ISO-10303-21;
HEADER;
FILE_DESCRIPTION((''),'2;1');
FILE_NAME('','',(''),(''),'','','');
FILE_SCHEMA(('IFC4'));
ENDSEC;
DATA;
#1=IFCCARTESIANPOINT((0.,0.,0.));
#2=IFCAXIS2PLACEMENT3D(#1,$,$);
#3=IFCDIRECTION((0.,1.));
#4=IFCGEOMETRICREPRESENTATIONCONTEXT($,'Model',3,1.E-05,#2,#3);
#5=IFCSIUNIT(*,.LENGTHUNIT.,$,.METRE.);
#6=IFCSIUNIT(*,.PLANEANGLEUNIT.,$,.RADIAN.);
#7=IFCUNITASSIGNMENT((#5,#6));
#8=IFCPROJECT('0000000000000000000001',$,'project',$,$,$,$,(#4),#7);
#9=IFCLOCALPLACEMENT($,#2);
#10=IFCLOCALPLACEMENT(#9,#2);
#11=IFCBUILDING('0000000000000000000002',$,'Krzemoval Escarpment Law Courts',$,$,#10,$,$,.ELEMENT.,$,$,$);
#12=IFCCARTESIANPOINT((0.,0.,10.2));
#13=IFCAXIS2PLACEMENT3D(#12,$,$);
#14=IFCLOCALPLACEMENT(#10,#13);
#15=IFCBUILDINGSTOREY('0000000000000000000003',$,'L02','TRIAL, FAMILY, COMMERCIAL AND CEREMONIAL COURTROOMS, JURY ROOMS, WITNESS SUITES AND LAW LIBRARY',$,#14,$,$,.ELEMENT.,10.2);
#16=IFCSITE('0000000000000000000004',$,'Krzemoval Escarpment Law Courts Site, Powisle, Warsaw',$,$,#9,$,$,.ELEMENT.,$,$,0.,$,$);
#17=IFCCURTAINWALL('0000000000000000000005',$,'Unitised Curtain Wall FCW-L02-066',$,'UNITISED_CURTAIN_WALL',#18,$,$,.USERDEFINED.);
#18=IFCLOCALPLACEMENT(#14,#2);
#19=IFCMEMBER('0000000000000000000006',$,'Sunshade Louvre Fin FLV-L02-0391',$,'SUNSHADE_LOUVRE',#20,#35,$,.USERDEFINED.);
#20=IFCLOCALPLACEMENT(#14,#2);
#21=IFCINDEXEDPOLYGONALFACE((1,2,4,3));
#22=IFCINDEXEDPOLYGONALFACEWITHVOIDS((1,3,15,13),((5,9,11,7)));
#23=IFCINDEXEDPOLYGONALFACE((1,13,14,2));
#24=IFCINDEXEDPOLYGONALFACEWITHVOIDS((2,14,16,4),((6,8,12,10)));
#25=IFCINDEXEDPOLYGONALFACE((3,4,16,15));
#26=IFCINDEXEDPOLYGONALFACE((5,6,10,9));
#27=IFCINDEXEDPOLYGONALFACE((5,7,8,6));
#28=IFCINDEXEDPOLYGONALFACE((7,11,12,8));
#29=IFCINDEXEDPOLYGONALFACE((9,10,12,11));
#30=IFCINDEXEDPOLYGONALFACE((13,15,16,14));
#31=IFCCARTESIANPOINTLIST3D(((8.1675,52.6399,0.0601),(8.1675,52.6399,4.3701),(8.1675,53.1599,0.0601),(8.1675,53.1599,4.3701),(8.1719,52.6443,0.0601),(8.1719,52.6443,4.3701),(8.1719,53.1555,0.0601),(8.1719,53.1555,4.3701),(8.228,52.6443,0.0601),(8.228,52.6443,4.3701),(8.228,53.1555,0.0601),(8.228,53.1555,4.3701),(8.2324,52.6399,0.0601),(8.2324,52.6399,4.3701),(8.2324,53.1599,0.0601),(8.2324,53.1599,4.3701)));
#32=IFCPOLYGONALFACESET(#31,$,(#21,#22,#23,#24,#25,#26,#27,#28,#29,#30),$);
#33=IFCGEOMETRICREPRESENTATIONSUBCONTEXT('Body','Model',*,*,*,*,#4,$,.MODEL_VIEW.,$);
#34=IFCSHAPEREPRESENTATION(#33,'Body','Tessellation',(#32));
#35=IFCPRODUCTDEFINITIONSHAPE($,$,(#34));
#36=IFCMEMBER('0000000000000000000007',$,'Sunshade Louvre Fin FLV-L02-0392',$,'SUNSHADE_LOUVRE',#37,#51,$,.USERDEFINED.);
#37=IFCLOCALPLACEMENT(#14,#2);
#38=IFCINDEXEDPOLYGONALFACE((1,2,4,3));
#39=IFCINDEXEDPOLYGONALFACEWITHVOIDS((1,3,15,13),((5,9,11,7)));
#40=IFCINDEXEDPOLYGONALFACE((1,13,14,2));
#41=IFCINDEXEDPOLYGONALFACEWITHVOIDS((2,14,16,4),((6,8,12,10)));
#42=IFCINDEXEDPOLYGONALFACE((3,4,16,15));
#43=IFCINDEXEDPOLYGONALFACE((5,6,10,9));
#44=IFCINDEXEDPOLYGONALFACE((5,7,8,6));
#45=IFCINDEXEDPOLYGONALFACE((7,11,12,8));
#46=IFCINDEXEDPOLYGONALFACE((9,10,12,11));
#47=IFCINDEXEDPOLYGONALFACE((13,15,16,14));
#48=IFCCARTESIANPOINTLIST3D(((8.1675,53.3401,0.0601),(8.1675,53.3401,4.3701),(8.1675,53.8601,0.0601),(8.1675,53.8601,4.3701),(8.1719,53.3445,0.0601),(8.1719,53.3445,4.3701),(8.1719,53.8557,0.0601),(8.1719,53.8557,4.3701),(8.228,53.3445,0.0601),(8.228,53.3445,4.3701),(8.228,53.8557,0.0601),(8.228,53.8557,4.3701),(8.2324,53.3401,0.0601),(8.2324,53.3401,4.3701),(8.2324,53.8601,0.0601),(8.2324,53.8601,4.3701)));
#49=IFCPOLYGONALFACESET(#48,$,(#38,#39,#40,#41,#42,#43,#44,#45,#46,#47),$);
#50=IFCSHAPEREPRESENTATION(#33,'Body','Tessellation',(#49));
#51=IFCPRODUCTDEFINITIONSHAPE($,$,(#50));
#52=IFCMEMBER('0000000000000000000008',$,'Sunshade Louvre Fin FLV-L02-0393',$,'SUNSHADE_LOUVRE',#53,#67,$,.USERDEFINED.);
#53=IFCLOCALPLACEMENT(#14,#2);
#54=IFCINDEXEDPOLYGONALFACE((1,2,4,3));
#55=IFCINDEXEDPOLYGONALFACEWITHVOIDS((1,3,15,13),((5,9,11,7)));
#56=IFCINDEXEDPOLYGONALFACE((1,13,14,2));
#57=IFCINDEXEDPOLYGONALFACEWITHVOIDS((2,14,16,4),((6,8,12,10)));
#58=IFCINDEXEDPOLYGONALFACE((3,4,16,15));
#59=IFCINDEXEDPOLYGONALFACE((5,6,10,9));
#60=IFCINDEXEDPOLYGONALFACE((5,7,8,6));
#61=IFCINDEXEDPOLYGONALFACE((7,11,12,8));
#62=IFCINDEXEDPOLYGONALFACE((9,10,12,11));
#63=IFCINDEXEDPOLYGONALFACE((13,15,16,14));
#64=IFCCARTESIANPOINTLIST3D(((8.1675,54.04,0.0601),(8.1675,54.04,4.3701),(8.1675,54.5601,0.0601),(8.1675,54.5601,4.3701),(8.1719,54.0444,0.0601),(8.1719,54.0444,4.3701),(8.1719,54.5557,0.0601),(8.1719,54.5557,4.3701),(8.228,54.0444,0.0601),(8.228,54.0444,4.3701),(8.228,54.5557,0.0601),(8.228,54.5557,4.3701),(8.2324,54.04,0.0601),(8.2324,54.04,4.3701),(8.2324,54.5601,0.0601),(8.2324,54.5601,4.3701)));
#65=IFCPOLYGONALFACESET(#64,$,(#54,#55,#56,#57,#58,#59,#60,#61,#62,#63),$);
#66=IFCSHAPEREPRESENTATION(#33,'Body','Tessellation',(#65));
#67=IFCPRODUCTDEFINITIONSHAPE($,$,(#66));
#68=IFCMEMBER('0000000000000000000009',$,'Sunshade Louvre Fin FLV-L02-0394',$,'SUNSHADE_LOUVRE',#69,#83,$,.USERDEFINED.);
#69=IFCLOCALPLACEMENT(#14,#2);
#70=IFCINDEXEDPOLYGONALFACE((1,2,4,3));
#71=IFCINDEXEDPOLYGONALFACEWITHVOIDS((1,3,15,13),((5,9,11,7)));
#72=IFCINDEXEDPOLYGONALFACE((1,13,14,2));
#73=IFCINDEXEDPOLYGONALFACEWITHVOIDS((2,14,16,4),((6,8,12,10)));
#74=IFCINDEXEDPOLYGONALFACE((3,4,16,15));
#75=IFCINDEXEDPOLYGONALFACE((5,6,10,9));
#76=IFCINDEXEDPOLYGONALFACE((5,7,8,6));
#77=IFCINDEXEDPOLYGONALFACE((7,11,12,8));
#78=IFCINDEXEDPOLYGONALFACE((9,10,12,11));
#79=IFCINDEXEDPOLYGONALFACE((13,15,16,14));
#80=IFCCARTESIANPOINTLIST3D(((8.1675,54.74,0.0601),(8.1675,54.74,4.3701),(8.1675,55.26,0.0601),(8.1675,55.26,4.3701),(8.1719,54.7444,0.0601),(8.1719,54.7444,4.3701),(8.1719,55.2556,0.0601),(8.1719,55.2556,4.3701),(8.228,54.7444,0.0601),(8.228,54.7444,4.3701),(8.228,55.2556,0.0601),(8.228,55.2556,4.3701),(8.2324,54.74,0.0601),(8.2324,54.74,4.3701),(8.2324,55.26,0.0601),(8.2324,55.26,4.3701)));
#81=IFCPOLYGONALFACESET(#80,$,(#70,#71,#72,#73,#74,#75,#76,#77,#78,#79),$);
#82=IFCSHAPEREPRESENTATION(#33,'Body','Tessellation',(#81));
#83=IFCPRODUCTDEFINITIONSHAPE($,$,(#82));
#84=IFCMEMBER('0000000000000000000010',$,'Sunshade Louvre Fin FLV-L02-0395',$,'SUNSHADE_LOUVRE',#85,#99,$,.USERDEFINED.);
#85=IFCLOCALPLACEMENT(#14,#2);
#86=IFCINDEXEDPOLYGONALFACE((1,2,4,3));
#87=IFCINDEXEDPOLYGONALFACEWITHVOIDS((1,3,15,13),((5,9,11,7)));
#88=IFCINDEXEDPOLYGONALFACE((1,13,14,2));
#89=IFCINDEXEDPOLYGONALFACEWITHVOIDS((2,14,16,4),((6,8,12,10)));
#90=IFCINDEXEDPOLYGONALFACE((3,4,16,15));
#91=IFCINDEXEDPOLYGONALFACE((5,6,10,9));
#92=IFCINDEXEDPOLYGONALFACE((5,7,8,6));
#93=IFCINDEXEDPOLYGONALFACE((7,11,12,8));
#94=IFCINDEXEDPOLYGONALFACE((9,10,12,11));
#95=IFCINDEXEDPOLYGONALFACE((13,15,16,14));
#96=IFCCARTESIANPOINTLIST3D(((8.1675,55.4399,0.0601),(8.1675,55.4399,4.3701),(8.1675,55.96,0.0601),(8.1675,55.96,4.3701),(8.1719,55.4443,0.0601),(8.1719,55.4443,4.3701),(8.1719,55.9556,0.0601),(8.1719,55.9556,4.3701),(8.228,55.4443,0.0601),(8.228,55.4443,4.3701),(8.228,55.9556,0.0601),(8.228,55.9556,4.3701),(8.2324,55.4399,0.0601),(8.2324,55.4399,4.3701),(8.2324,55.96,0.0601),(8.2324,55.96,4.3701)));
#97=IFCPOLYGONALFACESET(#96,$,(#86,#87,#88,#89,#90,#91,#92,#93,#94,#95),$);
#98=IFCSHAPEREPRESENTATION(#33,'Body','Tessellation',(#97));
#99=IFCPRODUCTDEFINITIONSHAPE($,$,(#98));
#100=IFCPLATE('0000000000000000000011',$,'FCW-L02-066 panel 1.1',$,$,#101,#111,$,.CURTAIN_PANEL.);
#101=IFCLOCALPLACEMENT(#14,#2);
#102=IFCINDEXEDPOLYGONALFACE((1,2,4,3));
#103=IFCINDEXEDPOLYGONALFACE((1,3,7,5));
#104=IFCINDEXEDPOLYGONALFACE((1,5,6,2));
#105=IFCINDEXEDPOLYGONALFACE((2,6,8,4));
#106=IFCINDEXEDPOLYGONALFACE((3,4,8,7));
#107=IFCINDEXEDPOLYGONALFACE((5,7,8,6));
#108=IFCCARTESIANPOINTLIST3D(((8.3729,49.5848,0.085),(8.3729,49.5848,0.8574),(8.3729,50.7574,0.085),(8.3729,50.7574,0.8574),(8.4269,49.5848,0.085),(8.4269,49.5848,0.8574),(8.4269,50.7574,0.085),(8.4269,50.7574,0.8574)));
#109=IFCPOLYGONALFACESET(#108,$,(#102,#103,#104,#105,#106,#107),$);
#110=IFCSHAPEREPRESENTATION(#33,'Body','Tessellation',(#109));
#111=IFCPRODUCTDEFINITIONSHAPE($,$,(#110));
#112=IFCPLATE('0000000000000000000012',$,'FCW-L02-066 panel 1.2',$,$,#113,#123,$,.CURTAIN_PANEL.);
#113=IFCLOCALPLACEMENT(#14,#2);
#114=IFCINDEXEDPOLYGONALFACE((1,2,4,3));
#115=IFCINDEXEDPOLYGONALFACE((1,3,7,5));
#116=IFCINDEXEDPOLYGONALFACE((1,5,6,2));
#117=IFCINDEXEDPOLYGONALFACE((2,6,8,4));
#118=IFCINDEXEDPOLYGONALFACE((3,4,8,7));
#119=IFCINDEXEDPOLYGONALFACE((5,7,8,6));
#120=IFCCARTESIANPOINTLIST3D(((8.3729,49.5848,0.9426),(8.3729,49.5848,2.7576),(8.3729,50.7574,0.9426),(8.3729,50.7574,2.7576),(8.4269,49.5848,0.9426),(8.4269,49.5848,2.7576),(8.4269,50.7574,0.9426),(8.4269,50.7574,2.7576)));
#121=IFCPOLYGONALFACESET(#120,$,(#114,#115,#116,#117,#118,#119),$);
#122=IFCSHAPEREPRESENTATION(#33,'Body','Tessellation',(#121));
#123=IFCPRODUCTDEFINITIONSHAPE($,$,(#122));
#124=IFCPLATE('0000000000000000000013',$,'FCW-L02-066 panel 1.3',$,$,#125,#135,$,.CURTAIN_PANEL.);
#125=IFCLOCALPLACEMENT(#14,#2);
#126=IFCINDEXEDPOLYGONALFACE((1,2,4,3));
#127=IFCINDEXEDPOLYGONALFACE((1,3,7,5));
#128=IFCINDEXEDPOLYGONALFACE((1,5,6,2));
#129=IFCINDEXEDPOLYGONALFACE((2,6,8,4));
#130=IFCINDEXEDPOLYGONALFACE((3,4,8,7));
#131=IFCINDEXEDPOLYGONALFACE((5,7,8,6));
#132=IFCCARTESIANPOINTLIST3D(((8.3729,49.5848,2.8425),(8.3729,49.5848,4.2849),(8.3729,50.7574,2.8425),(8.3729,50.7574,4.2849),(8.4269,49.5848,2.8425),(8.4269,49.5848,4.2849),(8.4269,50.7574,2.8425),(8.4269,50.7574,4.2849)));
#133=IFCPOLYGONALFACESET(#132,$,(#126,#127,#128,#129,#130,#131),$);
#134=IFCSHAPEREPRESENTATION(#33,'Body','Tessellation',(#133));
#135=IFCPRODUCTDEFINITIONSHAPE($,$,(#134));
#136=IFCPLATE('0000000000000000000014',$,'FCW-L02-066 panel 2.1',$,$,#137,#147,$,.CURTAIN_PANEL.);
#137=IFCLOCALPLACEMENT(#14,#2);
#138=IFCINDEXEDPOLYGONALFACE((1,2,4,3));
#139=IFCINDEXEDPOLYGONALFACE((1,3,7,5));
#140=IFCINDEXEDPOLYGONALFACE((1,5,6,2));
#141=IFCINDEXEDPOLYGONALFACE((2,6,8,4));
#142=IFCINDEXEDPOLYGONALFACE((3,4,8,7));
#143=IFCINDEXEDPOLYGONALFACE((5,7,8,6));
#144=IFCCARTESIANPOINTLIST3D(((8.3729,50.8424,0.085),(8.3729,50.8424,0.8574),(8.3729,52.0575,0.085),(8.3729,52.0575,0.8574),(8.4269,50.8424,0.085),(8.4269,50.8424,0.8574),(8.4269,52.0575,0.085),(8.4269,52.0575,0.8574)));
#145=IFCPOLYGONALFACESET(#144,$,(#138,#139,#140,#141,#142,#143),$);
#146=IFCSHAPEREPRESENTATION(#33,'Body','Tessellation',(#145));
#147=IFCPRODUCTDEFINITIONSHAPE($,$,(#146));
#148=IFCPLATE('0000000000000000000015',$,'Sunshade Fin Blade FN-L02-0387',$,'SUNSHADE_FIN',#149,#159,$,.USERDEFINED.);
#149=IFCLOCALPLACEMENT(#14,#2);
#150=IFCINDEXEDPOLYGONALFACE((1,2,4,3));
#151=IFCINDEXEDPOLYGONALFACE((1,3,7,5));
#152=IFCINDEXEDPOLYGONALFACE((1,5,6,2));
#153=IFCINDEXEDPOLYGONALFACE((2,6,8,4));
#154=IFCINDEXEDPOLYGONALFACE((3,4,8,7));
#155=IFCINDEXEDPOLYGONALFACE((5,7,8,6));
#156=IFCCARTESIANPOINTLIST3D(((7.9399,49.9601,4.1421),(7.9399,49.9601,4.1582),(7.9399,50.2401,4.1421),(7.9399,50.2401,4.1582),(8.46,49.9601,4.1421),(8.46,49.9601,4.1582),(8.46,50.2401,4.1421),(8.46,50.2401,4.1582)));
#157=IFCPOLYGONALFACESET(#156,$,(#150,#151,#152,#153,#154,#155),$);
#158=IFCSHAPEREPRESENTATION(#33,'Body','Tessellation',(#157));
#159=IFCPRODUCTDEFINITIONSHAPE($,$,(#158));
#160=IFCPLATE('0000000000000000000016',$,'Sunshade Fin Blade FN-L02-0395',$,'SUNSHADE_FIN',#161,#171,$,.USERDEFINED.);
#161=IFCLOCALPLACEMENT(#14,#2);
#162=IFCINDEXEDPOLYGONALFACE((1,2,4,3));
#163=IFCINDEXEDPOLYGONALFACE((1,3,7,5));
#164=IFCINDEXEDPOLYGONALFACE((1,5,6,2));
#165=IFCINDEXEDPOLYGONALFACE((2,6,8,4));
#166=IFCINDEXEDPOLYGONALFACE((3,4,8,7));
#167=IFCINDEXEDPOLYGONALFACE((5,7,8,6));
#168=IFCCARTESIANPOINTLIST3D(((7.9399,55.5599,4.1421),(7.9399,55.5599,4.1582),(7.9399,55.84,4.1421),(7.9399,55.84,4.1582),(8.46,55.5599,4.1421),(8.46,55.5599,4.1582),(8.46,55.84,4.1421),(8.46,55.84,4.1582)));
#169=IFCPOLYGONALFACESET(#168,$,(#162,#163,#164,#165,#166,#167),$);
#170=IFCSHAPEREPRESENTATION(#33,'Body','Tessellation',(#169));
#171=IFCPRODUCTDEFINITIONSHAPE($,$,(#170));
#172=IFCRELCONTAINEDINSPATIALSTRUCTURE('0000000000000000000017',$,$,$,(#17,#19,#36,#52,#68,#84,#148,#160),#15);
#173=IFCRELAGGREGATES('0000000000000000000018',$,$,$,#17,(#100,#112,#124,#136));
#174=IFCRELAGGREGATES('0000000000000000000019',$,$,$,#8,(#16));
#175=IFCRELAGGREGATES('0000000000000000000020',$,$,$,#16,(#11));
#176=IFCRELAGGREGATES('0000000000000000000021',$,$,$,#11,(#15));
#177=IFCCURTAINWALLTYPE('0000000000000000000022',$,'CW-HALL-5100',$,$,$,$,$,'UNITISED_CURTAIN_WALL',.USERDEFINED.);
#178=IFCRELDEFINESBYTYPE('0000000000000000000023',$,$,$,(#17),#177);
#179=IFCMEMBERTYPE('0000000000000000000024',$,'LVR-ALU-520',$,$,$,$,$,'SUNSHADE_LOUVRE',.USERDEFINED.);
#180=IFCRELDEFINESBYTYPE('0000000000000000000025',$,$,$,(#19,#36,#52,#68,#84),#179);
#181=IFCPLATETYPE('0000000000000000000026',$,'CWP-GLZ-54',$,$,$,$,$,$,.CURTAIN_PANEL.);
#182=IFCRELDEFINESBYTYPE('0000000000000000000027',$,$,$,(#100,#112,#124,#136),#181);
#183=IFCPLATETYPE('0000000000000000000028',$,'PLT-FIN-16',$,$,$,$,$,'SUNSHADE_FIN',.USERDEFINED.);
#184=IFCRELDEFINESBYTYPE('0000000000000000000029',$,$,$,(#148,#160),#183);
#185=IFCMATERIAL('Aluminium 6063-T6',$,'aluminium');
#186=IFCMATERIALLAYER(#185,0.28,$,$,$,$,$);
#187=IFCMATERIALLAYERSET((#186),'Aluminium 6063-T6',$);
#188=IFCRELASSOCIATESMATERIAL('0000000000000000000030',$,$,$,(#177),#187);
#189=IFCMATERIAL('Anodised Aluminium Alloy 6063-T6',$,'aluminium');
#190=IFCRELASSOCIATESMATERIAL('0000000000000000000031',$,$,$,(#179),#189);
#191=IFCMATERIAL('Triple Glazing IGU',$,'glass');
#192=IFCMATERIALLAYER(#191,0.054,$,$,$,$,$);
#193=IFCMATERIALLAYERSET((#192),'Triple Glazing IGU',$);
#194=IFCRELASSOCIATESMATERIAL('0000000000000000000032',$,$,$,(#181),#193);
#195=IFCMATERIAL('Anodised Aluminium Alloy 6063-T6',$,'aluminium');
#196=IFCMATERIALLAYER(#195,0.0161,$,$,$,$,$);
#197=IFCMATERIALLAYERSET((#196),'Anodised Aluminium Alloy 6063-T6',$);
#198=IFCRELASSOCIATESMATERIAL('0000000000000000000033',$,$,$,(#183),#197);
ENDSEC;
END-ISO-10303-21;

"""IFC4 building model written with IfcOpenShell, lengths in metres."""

from ifc_helpers import new_model, si_unit, direction, frame, origin, origin_2d, place, context, subcontext, project, spatial, rectangle, hollow_rectangle, extrude, material, layer, layer_set, material_profile, profile_set, type_object, element, aggregate, save


model = new_model("IFC4")

# Units and contexts
model_context = context("Model", 3, precision=1e-05, world=origin(), true_north=direction((0.0, 1.0)))
body_context = subcontext(model_context, "Body", "Model", "MODEL_VIEW")
ifc_project = project(units=[si_unit("LENGTHUNIT", "METRE"), si_unit("PLANEANGLEUNIT", "RADIAN")], contexts=[model_context])

# Site, building, storey
site_placement = place(None, origin())
site = spatial("IfcSite", under=ifc_project, at=site_placement, Name="Krzemoval Escarpment Law Courts Site, Powisle, Warsaw", CompositionType="ELEMENT", RefElevation=0.0)
building_placement = place(site_placement, origin())
building = spatial("IfcBuilding", under=site, at=building_placement, Name="Krzemoval Escarpment Law Courts", CompositionType="ELEMENT")
storey_placement = place(building_placement, frame((0.0, 0.0, 10.2)))
storey = spatial("IfcBuildingStorey", under=building, at=storey_placement, Name="L02", Description="TRIAL, FAMILY, COMMERCIAL AND CEREMONIAL COURTROOMS, JURY ROOMS, WITNESS SUITES AND LAW LIBRARY", CompositionType="ELEMENT", Elevation=10.2)

# Curtain wall
ifc_material_1 = material(Name="Aluminium 6063-T6", Category="aluminium")
ifc_layer_1 = layer(ifc_material_1, 0.28)
ifc_layer_set_1 = layer_set([ifc_layer_1], Name="Aluminium 6063-T6")
curtain_wall_type = type_object("IfcCurtainWallType", Name="CW-HALL-5100", ElementType="UNITISED_CURTAIN_WALL", PredefinedType="USERDEFINED", material=ifc_layer_set_1)
curtain_wall_placement = place(storey_placement, origin())
curtain_wall = element("IfcCurtainWall", 1, at=curtain_wall_placement, inside=storey, type_object=curtain_wall_type, Name="Unitised Curtain Wall FCW-L02-066", ObjectType="UNITISED_CURTAIN_WALL", PredefinedType="USERDEFINED")

# Members
ifc_material_2 = material(Name="Anodised Aluminium Alloy 6063-T6", Category="aluminium")
ifc_material_profile_1 = material_profile(ifc_material_2, hollow_rectangle(XDim=0.0649, YDim=0.52, WallThickness=0.0044, at=origin_2d()), Name="ALU LVR 65x520")
ifc_profile_set_1 = profile_set([ifc_material_profile_1], Name="Anodised Aluminium Alloy 6063-T6")
member_type_1 = type_object("IfcMemberType", Name="LVR-ALU-520", ElementType="SUNSHADE_LOUVRE", PredefinedType="USERDEFINED", material=ifc_profile_set_1)
for number, where, z_axis, x_axis, name in (
    (2, (8.2, 52.8999, 0.0601), (0.0, 0.0, 1.0), (1.0, 0.0, 0.0), "Sunshade Louvre Fin FLV-L02-0391"),
    (3, (8.2, 53.6001, 0.0601), (0.0, 0.0, 1.0), (1.0, 0.0, 0.0), "Sunshade Louvre Fin FLV-L02-0392"),
    (4, (8.2, 54.3, 0.0601), (0.0, 0.0, 1.0), (1.0, 0.0, 0.0), "Sunshade Louvre Fin FLV-L02-0393"),
    (5, (8.2, 55.0, 0.0601), (0.0, 0.0, 1.0), (1.0, 0.0, 0.0), "Sunshade Louvre Fin FLV-L02-0394"),
    (6, (8.2, 55.7, 0.0601), (0.0, 0.0, 1.0), (1.0, 0.0, 0.0), "Sunshade Louvre Fin FLV-L02-0395"),
):
    element("IfcMember", number, at=place(storey_placement, frame(where, z_axis=z_axis, x_axis=x_axis)), inside=storey, type_object=member_type_1, Name=name, ObjectType="SUNSHADE_LOUVRE", PredefinedType="USERDEFINED", context=body_context, shape_type="SweptSolid", body=[
        extrude(hollow_rectangle(XDim=0.0649, YDim=0.52, WallThickness=0.0044, at=origin_2d()), origin(), (0.0, 0.0, 1.0), 4.3101),
    ])

# Plates
ifc_material_3 = material(Name="Triple Glazing IGU", Category="glass")
ifc_layer_2 = layer(ifc_material_3, 0.054)
ifc_layer_set_2 = layer_set([ifc_layer_2], Name="Triple Glazing IGU")
plate_type_1 = type_object("IfcPlateType", Name="CWP-GLZ-54", PredefinedType="CURTAIN_PANEL", material=ifc_layer_set_2)
plate_1_placement = place(storey_placement, frame((8.3999, 50.1711, 0.085), z_axis=(0.0, 0.0, 1.0), x_axis=(0.0, 1.0, 0.0)))
plate_1 = element("IfcPlate", 7, at=plate_1_placement, type_object=plate_type_1, Name="FCW-L02-066 panel 1.1", PredefinedType="CURTAIN_PANEL", context=body_context, shape_type="SweptSolid", body=[
    extrude(rectangle(XDim=1.1726, YDim=0.054, at=origin_2d()), origin(), (0.0, 0.0, 1.0), 0.7725),
])
plate_2_placement = place(storey_placement, frame((8.3999, 50.1711, 0.9426), z_axis=(0.0, 0.0, 1.0), x_axis=(0.0, 1.0, 0.0)))
plate_2 = element("IfcPlate", 8, at=plate_2_placement, type_object=plate_type_1, Name="FCW-L02-066 panel 1.2", PredefinedType="CURTAIN_PANEL", context=body_context, shape_type="SweptSolid", body=[
    extrude(rectangle(XDim=1.1726, YDim=0.054, at=origin_2d()), origin(), (0.0, 0.0, 1.0), 1.8149),
])
plate_3_placement = place(storey_placement, frame((8.3999, 50.1711, 2.8425), z_axis=(0.0, 0.0, 1.0), x_axis=(0.0, 1.0, 0.0)))
plate_3 = element("IfcPlate", 9, at=plate_3_placement, type_object=plate_type_1, Name="FCW-L02-066 panel 1.3", PredefinedType="CURTAIN_PANEL", context=body_context, shape_type="SweptSolid", body=[
    extrude(rectangle(XDim=1.1726, YDim=0.054, at=origin_2d()), origin(), (0.0, 0.0, 1.0), 1.4424),
])
plate_4_placement = place(storey_placement, frame((8.3999, 51.45, 0.085), z_axis=(0.0, 0.0, 1.0), x_axis=(0.0, 1.0, 0.0)))
plate_4 = element("IfcPlate", 10, at=plate_4_placement, type_object=plate_type_1, Name="FCW-L02-066 panel 2.1", PredefinedType="CURTAIN_PANEL", context=body_context, shape_type="SweptSolid", body=[
    extrude(rectangle(XDim=1.2151, YDim=0.054, at=origin_2d()), origin(), (0.0, 0.0, 1.0), 0.7725),
])
aggregate(curtain_wall, [plate_1, plate_2, plate_3, plate_4])

# Plates
ifc_material_4 = material(Name="Anodised Aluminium Alloy 6063-T6", Category="aluminium")
ifc_layer_3 = layer(ifc_material_4, 0.0161)
ifc_layer_set_3 = layer_set([ifc_layer_3], Name="Anodised Aluminium Alloy 6063-T6")
plate_type_2 = type_object("IfcPlateType", Name="PLT-FIN-16", ElementType="SUNSHADE_FIN", PredefinedType="USERDEFINED", material=ifc_layer_set_3)
for number, where, z_axis, x_axis, name in (
    (11, (8.2, 50.1001, 4.1421), (0.0, 0.0, 1.0), (-1.0, 0.0, 0.0), "Sunshade Fin Blade FN-L02-0387"),
    (12, (8.2, 55.7, 4.1421), (0.0, 0.0, 1.0), (-1.0, 0.0, 0.0), "Sunshade Fin Blade FN-L02-0395"),
):
    element("IfcPlate", number, at=place(storey_placement, frame(where, z_axis=z_axis, x_axis=x_axis)), inside=storey, type_object=plate_type_2, Name=name, ObjectType="SUNSHADE_FIN", PredefinedType="USERDEFINED", context=body_context, shape_type="SweptSolid", body=[
        extrude(rectangle(XDim=0.52, YDim=0.28, at=origin_2d()), origin(), (0.0, 0.0, 1.0), 0.0161),
    ])

save(model, "model.ifc")
